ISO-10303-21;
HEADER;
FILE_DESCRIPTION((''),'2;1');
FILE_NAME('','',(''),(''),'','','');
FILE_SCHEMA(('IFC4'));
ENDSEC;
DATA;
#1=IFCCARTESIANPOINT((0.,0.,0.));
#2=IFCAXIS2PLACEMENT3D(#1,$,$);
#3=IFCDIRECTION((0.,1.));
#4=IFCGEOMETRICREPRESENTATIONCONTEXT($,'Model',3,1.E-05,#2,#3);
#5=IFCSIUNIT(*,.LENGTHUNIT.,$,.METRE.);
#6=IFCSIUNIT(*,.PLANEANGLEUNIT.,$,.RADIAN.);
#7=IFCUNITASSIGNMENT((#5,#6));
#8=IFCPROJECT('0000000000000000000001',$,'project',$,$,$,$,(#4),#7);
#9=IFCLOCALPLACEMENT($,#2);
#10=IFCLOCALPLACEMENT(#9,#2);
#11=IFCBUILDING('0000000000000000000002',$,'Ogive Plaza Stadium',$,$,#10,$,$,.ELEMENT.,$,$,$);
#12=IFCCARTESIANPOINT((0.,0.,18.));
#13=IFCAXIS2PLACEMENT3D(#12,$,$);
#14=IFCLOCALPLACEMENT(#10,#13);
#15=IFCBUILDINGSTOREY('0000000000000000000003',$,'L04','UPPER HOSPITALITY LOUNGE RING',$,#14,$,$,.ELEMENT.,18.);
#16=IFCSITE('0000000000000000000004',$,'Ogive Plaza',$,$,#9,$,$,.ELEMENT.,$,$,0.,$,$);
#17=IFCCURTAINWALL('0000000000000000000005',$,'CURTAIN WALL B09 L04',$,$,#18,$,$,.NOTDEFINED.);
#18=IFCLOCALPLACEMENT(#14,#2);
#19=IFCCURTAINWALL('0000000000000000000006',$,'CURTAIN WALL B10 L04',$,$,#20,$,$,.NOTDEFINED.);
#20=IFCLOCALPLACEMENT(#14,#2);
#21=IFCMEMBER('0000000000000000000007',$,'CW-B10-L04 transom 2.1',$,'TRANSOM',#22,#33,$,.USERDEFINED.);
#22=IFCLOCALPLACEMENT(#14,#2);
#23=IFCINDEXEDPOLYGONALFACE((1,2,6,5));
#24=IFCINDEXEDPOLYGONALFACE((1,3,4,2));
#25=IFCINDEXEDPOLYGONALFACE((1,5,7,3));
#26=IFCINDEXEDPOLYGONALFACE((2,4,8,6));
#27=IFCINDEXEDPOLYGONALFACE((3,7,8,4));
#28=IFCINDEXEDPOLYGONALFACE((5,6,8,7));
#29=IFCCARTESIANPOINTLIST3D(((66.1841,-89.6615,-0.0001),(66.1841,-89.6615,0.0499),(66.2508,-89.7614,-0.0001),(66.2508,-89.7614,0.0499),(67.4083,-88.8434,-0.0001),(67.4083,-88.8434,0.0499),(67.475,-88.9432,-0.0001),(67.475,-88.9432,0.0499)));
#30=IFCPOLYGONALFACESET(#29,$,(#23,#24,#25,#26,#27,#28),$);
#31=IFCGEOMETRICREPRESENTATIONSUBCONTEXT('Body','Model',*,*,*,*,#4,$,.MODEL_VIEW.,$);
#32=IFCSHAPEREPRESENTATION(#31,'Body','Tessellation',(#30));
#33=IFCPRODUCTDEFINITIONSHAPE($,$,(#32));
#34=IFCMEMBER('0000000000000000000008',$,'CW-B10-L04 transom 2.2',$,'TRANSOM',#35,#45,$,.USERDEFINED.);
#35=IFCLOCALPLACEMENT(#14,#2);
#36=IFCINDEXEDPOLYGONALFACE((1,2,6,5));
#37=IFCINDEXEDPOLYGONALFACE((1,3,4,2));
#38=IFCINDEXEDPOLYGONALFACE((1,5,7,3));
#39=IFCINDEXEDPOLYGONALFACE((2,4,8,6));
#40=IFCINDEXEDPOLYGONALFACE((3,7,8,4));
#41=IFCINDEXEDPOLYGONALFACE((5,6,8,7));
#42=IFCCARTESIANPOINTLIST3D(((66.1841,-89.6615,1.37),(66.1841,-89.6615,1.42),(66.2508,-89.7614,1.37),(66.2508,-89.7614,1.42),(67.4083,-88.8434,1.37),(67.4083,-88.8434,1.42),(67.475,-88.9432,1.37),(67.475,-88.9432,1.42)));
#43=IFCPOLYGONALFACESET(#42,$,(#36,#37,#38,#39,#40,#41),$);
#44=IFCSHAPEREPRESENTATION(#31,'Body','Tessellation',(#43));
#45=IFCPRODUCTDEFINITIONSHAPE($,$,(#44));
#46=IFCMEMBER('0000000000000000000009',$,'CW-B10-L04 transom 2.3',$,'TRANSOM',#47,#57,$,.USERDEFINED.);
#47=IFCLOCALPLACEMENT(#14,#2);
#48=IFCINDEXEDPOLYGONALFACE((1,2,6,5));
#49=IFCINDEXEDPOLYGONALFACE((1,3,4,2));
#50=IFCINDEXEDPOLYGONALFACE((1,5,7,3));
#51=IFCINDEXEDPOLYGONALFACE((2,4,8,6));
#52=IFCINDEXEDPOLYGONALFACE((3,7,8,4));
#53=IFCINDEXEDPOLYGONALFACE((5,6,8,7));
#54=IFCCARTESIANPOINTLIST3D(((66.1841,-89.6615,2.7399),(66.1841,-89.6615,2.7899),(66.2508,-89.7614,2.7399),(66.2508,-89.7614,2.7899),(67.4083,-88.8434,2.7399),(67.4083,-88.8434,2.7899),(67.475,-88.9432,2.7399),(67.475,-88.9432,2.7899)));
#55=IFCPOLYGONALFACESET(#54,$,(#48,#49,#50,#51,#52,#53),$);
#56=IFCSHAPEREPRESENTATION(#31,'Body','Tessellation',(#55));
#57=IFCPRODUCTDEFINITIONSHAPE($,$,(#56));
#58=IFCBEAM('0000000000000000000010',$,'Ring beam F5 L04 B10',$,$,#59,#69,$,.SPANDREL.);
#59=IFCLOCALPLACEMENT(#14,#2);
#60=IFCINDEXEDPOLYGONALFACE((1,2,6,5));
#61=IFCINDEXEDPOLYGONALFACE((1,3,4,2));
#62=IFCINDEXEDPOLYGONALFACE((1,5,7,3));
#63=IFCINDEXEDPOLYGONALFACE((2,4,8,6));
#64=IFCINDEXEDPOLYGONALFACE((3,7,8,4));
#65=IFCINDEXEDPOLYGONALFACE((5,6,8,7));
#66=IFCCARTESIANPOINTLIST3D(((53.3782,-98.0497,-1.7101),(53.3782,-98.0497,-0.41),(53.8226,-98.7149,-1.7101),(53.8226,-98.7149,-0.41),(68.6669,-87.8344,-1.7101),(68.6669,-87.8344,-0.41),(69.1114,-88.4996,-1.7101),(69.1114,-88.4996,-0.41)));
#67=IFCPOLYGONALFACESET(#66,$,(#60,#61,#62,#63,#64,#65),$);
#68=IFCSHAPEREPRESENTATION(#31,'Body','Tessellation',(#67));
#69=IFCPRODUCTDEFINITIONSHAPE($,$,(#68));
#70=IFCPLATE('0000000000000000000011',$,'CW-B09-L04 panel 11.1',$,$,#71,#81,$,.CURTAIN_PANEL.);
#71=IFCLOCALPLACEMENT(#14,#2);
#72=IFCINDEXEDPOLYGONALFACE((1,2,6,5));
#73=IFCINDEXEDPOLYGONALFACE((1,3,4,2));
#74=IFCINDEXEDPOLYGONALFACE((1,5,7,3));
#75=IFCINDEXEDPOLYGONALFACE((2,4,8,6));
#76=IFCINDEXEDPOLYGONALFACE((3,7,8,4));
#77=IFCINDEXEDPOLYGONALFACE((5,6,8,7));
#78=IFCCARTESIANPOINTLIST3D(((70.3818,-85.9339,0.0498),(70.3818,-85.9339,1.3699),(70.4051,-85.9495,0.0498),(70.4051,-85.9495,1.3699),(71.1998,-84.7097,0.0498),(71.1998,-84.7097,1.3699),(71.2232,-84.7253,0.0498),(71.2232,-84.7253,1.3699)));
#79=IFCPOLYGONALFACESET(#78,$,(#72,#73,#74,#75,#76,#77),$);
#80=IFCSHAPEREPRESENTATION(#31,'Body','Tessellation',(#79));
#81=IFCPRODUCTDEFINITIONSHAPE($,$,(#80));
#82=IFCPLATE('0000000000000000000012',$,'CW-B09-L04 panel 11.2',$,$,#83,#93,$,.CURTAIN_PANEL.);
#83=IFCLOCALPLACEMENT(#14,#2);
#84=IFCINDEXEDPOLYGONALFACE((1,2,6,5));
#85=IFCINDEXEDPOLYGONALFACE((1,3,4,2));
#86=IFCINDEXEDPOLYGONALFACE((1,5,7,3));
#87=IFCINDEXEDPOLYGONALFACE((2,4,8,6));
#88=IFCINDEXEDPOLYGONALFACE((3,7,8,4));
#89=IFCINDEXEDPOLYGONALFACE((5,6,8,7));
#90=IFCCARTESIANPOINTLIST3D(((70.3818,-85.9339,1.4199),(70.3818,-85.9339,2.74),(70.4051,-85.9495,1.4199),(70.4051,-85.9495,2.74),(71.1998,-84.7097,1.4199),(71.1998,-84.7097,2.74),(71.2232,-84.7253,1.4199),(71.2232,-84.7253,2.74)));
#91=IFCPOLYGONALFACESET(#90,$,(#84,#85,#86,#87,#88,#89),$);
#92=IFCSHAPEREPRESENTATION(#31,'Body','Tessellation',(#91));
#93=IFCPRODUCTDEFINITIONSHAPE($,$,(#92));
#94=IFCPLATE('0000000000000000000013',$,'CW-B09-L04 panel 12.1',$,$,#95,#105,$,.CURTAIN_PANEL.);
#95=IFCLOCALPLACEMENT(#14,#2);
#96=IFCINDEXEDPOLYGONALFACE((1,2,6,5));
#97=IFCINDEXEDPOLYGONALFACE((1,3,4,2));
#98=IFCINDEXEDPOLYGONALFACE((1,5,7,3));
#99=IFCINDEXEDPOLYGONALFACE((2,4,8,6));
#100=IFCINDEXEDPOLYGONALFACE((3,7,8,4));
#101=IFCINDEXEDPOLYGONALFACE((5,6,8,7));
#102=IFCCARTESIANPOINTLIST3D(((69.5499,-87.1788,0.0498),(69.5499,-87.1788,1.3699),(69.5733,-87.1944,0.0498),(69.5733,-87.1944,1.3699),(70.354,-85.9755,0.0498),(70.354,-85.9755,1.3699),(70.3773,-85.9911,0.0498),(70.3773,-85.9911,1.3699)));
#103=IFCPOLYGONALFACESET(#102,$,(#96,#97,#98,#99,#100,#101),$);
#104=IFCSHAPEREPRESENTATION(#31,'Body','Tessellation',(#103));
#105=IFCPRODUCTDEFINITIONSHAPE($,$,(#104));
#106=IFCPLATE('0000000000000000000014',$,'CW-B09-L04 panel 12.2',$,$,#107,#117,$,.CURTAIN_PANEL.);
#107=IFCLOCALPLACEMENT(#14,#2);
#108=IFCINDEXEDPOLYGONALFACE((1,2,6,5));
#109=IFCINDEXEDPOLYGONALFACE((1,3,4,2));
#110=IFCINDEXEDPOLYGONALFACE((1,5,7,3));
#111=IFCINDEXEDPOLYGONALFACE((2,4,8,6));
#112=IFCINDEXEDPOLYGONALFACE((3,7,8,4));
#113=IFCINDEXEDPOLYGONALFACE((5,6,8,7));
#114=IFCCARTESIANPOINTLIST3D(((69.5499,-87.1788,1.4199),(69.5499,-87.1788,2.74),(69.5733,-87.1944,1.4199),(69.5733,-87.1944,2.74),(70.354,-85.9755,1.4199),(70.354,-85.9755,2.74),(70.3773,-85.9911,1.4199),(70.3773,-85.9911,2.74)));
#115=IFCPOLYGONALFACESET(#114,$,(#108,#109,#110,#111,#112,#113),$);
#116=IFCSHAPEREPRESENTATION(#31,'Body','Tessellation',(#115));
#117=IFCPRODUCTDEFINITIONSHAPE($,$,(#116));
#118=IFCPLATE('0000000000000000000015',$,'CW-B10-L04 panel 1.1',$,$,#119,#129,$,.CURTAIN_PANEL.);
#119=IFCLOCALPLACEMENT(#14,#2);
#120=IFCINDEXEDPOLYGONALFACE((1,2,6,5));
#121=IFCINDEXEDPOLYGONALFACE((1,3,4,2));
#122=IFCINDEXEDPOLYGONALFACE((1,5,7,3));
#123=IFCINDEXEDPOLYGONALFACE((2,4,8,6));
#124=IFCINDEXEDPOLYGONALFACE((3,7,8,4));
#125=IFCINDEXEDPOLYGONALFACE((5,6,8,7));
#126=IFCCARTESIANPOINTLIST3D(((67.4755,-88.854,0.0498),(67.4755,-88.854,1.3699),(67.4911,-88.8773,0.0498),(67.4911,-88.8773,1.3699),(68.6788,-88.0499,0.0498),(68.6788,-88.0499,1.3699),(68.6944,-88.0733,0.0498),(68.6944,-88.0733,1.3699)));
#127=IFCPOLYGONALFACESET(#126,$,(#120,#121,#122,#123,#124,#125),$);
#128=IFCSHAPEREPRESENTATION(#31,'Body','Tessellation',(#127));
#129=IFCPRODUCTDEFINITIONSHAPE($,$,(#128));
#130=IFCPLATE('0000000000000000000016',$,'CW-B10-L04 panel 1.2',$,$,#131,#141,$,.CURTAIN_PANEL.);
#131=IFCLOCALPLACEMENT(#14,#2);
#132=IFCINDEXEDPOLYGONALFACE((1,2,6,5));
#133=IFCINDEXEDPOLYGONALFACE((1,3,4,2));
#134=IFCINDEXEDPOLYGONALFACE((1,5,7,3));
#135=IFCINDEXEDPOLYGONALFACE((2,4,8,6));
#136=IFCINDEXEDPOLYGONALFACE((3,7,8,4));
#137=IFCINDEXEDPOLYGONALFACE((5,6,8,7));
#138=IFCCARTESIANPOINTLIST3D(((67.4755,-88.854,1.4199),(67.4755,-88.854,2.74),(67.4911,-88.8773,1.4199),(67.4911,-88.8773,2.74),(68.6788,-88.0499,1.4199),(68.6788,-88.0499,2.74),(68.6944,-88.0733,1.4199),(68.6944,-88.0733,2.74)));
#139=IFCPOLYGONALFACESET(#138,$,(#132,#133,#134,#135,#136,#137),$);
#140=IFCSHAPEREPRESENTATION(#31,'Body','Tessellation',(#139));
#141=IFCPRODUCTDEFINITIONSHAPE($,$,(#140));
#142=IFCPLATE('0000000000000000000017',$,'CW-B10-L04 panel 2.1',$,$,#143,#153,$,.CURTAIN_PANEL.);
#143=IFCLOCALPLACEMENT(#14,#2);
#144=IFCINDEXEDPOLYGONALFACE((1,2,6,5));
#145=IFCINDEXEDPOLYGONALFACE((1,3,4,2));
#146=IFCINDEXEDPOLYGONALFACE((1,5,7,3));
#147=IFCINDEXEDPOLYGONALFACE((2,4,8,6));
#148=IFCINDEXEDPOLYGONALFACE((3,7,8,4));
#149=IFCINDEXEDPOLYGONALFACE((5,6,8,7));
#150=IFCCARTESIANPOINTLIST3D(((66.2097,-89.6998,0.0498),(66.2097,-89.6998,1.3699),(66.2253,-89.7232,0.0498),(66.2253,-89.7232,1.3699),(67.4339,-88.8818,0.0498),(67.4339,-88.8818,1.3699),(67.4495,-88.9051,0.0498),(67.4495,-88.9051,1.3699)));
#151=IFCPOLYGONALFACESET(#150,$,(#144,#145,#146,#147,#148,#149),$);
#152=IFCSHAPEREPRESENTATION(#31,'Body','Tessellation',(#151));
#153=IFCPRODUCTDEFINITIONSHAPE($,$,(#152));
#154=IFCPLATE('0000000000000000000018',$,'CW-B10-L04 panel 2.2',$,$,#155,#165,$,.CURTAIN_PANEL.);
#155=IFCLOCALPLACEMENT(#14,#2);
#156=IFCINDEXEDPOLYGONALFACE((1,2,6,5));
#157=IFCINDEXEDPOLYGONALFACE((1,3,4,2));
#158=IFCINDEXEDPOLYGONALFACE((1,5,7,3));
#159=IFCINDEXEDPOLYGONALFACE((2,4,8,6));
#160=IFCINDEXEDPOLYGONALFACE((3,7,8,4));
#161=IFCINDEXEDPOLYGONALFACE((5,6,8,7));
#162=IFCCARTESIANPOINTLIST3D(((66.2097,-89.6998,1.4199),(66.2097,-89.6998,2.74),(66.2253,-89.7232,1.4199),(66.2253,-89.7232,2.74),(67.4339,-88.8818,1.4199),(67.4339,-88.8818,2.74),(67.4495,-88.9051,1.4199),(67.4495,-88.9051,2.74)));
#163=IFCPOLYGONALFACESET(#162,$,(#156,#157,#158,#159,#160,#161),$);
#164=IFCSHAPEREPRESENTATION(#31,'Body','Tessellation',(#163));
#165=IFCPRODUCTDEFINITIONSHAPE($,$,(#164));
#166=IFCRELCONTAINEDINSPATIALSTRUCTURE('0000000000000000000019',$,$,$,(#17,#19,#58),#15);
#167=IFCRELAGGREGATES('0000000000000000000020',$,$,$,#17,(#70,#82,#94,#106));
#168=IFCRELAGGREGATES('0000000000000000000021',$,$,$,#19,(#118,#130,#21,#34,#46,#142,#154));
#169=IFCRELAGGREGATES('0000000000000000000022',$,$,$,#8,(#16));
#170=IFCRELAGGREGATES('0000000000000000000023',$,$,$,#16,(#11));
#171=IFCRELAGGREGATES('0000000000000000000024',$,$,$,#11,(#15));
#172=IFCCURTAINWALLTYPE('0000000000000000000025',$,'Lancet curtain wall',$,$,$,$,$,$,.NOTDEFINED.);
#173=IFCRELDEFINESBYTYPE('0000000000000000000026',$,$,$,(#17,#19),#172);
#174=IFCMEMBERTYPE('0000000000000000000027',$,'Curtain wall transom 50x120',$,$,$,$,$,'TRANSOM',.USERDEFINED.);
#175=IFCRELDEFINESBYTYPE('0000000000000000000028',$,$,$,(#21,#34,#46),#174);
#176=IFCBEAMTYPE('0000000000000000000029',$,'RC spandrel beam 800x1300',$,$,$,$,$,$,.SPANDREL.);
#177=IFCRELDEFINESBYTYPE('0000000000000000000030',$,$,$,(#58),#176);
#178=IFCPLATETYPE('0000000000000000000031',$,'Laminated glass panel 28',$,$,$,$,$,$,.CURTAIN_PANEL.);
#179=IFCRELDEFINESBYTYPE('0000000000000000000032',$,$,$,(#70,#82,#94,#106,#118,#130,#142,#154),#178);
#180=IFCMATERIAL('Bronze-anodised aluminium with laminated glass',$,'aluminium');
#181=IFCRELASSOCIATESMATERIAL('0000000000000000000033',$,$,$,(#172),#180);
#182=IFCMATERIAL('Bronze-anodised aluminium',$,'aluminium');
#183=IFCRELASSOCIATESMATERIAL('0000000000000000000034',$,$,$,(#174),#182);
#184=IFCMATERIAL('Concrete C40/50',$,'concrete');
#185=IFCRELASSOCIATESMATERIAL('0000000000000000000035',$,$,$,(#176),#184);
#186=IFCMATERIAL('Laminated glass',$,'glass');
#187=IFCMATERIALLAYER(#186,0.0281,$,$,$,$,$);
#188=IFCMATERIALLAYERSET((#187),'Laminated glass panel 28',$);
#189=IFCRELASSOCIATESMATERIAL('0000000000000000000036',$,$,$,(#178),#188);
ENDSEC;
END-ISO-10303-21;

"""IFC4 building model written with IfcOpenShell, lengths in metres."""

from ifc_helpers import new_model, si_unit, direction, frame, origin, origin_2d, place, context, subcontext, project, spatial, rectangle, extrude, material, layer, layer_set, material_profile, profile_set, type_object, element, aggregate, save


model = new_model("IFC4")

# Units and contexts
model_context = context("Model", 3, precision=1e-05, world=origin(), true_north=direction((0.0, 1.0)))
body_context = subcontext(model_context, "Body", "Model", "MODEL_VIEW")
ifc_project = project(units=[si_unit("LENGTHUNIT", "METRE"), si_unit("PLANEANGLEUNIT", "RADIAN")], contexts=[model_context])

# Site, building, storey
site_placement = place(None, origin())
site = spatial("IfcSite", under=ifc_project, at=site_placement, Name="Ogive Plaza", CompositionType="ELEMENT", RefElevation=0.0)
building_placement = place(site_placement, origin())
building = spatial("IfcBuilding", under=site, at=building_placement, Name="Ogive Plaza Stadium", CompositionType="ELEMENT")
storey_placement = place(building_placement, frame((0.0, 0.0, 18.0)))
storey = spatial("IfcBuildingStorey", under=building, at=storey_placement, Name="L04", Description="UPPER HOSPITALITY LOUNGE RING", CompositionType="ELEMENT", Elevation=18.0)

# Curtain walls
ifc_material_1 = material(Name="Bronze-anodised aluminium with laminated glass", Category="aluminium")
curtain_wall_type = type_object("IfcCurtainWallType", Name="Lancet curtain wall", PredefinedType="NOTDEFINED", material=ifc_material_1)
curtain_wall_1_placement = place(storey_placement, origin())
curtain_wall_1 = element("IfcCurtainWall", 1, at=curtain_wall_1_placement, inside=storey, type_object=curtain_wall_type, Name="CURTAIN WALL B09 L04", PredefinedType="NOTDEFINED")
curtain_wall_2_placement = place(storey_placement, origin())
curtain_wall_2 = element("IfcCurtainWall", 2, at=curtain_wall_2_placement, inside=storey, type_object=curtain_wall_type, Name="CURTAIN WALL B10 L04", PredefinedType="NOTDEFINED")

# Members
ifc_material_2 = material(Name="Bronze-anodised aluminium", Category="aluminium")
ifc_material_profile_1 = material_profile(ifc_material_2, rectangle(XDim=0.1201, YDim=0.05, at=origin_2d()), Name="AL 120x50")
ifc_profile_set_1 = profile_set([ifc_material_profile_1], Name="Bronze-anodised aluminium")
member_type_1 = type_object("IfcMemberType", Name="Curtain wall transom 50x120", ElementType="TRANSOM", PredefinedType="USERDEFINED", material=ifc_profile_set_1)
member_1_placement = place(storey_placement, frame((67.4417, -88.8933, 0.0249), z_axis=(-0.831412, -0.555656, 0.0), x_axis=(0.555656, -0.831412, 0.0)))
member_1 = element("IfcMember", 3, at=member_1_placement, type_object=member_type_1, Name="CW-B10-L04 transom 2.1", ObjectType="TRANSOM", PredefinedType="USERDEFINED", context=body_context, shape_type="SweptSolid", body=[
    extrude(rectangle(XDim=0.1201, YDim=0.05, at=origin_2d()), origin(), (0.0, 0.0, 1.0), 1.4724),
])
member_2_placement = place(storey_placement, frame((67.4417, -88.8933, 1.395), z_axis=(-0.831412, -0.555656, 0.0), x_axis=(0.555656, -0.831412, 0.0)))
member_2 = element("IfcMember", 4, at=member_2_placement, type_object=member_type_1, Name="CW-B10-L04 transom 2.2", ObjectType="TRANSOM", PredefinedType="USERDEFINED", context=body_context, shape_type="SweptSolid", body=[
    extrude(rectangle(XDim=0.1201, YDim=0.05, at=origin_2d()), origin(), (0.0, 0.0, 1.0), 1.4724),
])
member_3_placement = place(storey_placement, frame((67.4417, -88.8933, 2.7649), z_axis=(-0.831412, -0.555656, 0.0), x_axis=(0.555656, -0.831412, 0.0)))
member_3 = element("IfcMember", 5, at=member_3_placement, type_object=member_type_1, Name="CW-B10-L04 transom 2.3", ObjectType="TRANSOM", PredefinedType="USERDEFINED", context=body_context, shape_type="SweptSolid", body=[
    extrude(rectangle(XDim=0.1201, YDim=0.05, at=origin_2d()), origin(), (0.0, 0.0, 1.0), 1.4724),
])

# Beam
ifc_material_3 = material(Name="Concrete C40/50", Category="concrete")
ifc_material_profile_2 = material_profile(ifc_material_3, rectangle(XDim=0.8, YDim=1.3, at=origin_2d()), Name="RC 800x1300")
ifc_profile_set_2 = profile_set([ifc_material_profile_2], Name="Concrete C40/50")
beam_type = type_object("IfcBeamType", Name="RC spandrel beam 800x1300", PredefinedType="SPANDREL", material=ifc_profile_set_2)
beam_placement = place(storey_placement, frame((68.8892, -88.167, -1.0601), z_axis=(-0.831478, -0.555558, 0.0), x_axis=(0.555558, -0.831478, 0.0)))
element("IfcBeam", 6, at=beam_placement, inside=storey, type_object=beam_type, Name="Ring beam F5 L04 B10", PredefinedType="SPANDREL", context=body_context, shape_type="SweptSolid", body=[
    extrude(rectangle(XDim=0.8, YDim=1.3, at=origin_2d()), origin(), (0.0, 0.0, 1.0), 18.3875),
])

# Plates
ifc_material_4 = material(Name="Laminated glass", Category="glass")
ifc_layer = layer(ifc_material_4, 0.0281)
ifc_layer_set = layer_set([ifc_layer], Name="Laminated glass panel 28")
plate_type = type_object("IfcPlateType", Name="Laminated glass panel 28", PredefinedType="CURTAIN_PANEL", material=ifc_layer_set)
plate_1_placement = place(storey_placement, frame((70.8025, -85.3296, 0.0498), z_axis=(0.0, 0.0, 1.0), x_axis=(-0.55557, -0.83147, 0.0)))
plate_1 = element("IfcPlate", 7, at=plate_1_placement, type_object=plate_type, Name="CW-B09-L04 panel 11.1", PredefinedType="CURTAIN_PANEL", context=body_context, shape_type="SweptSolid", body=[
    extrude(rectangle(XDim=1.4724, YDim=0.0281, at=origin_2d()), origin(), (0.0, 0.0, 1.0), 1.3201),
])
plate_2_placement = place(storey_placement, frame((70.8025, -85.3296, 1.4199), z_axis=(0.0, 0.0, 1.0), x_axis=(-0.55557, -0.83147, 0.0)))
plate_2 = element("IfcPlate", 8, at=plate_2_placement, type_object=plate_type, Name="CW-B09-L04 panel 11.2", PredefinedType="CURTAIN_PANEL", context=body_context, shape_type="SweptSolid", body=[
    extrude(rectangle(XDim=1.4724, YDim=0.0281, at=origin_2d()), origin(), (0.0, 0.0, 1.0), 1.3201),
])
plate_3_placement = place(storey_placement, frame((69.9636, -86.585, 0.0498), z_axis=(0.0, 0.0, 1.0), x_axis=(-0.55557, -0.83147, 0.0)))
plate_3 = element("IfcPlate", 9, at=plate_3_placement, type_object=plate_type, Name="CW-B09-L04 panel 12.1", PredefinedType="CURTAIN_PANEL", context=body_context, shape_type="SweptSolid", body=[
    extrude(rectangle(XDim=1.4473, YDim=0.0281, at=origin_2d()), origin(), (0.0, 0.0, 1.0), 1.3201),
])
plate_4_placement = place(storey_placement, frame((69.9636, -86.585, 1.4199), z_axis=(0.0, 0.0, 1.0), x_axis=(-0.55557, -0.83147, 0.0)))
plate_4 = element("IfcPlate", 10, at=plate_4_placement, type_object=plate_type, Name="CW-B09-L04 panel 12.2", PredefinedType="CURTAIN_PANEL", context=body_context, shape_type="SweptSolid", body=[
    extrude(rectangle(XDim=1.4473, YDim=0.0281, at=origin_2d()), origin(), (0.0, 0.0, 1.0), 1.3201),
])
aggregate(curtain_wall_1, [plate_1, plate_2, plate_3, plate_4])
plate_5_placement = place(storey_placement, frame((68.085, -88.4636, 0.0498), z_axis=(0.0, 0.0, 1.0), x_axis=(-0.83147, -0.55557, 0.0)))
plate_5 = element("IfcPlate", 11, at=plate_5_placement, type_object=plate_type, Name="CW-B10-L04 panel 1.1", PredefinedType="CURTAIN_PANEL", context=body_context, shape_type="SweptSolid", body=[
    extrude(rectangle(XDim=1.4473, YDim=0.0281, at=origin_2d()), origin(), (0.0, 0.0, 1.0), 1.3201),
])
plate_6_placement = place(storey_placement, frame((68.085, -88.4636, 1.4199), z_axis=(0.0, 0.0, 1.0), x_axis=(-0.83147, -0.55557, 0.0)))
plate_6 = element("IfcPlate", 12, at=plate_6_placement, type_object=plate_type, Name="CW-B10-L04 panel 1.2", PredefinedType="CURTAIN_PANEL", context=body_context, shape_type="SweptSolid", body=[
    extrude(rectangle(XDim=1.4473, YDim=0.0281, at=origin_2d()), origin(), (0.0, 0.0, 1.0), 1.3201),
])
plate_7_placement = place(storey_placement, frame((66.8296, -89.3025, 0.0498), z_axis=(0.0, 0.0, 1.0), x_axis=(-0.83147, -0.55557, 0.0)))
plate_7 = element("IfcPlate", 13, at=plate_7_placement, type_object=plate_type, Name="CW-B10-L04 panel 2.1", PredefinedType="CURTAIN_PANEL", context=body_context, shape_type="SweptSolid", body=[
    extrude(rectangle(XDim=1.4724, YDim=0.0281, at=origin_2d()), origin(), (0.0, 0.0, 1.0), 1.3201),
])
plate_8_placement = place(storey_placement, frame((66.8296, -89.3025, 1.4199), z_axis=(0.0, 0.0, 1.0), x_axis=(-0.83147, -0.55557, 0.0)))
plate_8 = element("IfcPlate", 14, at=plate_8_placement, type_object=plate_type, Name="CW-B10-L04 panel 2.2", PredefinedType="CURTAIN_PANEL", context=body_context, shape_type="SweptSolid", body=[
    extrude(rectangle(XDim=1.4724, YDim=0.0281, at=origin_2d()), origin(), (0.0, 0.0, 1.0), 1.3201),
])
aggregate(curtain_wall_2, [plate_5, plate_6, member_1, member_2, member_3, plate_7, plate_8])

save(model, "model.ifc")
